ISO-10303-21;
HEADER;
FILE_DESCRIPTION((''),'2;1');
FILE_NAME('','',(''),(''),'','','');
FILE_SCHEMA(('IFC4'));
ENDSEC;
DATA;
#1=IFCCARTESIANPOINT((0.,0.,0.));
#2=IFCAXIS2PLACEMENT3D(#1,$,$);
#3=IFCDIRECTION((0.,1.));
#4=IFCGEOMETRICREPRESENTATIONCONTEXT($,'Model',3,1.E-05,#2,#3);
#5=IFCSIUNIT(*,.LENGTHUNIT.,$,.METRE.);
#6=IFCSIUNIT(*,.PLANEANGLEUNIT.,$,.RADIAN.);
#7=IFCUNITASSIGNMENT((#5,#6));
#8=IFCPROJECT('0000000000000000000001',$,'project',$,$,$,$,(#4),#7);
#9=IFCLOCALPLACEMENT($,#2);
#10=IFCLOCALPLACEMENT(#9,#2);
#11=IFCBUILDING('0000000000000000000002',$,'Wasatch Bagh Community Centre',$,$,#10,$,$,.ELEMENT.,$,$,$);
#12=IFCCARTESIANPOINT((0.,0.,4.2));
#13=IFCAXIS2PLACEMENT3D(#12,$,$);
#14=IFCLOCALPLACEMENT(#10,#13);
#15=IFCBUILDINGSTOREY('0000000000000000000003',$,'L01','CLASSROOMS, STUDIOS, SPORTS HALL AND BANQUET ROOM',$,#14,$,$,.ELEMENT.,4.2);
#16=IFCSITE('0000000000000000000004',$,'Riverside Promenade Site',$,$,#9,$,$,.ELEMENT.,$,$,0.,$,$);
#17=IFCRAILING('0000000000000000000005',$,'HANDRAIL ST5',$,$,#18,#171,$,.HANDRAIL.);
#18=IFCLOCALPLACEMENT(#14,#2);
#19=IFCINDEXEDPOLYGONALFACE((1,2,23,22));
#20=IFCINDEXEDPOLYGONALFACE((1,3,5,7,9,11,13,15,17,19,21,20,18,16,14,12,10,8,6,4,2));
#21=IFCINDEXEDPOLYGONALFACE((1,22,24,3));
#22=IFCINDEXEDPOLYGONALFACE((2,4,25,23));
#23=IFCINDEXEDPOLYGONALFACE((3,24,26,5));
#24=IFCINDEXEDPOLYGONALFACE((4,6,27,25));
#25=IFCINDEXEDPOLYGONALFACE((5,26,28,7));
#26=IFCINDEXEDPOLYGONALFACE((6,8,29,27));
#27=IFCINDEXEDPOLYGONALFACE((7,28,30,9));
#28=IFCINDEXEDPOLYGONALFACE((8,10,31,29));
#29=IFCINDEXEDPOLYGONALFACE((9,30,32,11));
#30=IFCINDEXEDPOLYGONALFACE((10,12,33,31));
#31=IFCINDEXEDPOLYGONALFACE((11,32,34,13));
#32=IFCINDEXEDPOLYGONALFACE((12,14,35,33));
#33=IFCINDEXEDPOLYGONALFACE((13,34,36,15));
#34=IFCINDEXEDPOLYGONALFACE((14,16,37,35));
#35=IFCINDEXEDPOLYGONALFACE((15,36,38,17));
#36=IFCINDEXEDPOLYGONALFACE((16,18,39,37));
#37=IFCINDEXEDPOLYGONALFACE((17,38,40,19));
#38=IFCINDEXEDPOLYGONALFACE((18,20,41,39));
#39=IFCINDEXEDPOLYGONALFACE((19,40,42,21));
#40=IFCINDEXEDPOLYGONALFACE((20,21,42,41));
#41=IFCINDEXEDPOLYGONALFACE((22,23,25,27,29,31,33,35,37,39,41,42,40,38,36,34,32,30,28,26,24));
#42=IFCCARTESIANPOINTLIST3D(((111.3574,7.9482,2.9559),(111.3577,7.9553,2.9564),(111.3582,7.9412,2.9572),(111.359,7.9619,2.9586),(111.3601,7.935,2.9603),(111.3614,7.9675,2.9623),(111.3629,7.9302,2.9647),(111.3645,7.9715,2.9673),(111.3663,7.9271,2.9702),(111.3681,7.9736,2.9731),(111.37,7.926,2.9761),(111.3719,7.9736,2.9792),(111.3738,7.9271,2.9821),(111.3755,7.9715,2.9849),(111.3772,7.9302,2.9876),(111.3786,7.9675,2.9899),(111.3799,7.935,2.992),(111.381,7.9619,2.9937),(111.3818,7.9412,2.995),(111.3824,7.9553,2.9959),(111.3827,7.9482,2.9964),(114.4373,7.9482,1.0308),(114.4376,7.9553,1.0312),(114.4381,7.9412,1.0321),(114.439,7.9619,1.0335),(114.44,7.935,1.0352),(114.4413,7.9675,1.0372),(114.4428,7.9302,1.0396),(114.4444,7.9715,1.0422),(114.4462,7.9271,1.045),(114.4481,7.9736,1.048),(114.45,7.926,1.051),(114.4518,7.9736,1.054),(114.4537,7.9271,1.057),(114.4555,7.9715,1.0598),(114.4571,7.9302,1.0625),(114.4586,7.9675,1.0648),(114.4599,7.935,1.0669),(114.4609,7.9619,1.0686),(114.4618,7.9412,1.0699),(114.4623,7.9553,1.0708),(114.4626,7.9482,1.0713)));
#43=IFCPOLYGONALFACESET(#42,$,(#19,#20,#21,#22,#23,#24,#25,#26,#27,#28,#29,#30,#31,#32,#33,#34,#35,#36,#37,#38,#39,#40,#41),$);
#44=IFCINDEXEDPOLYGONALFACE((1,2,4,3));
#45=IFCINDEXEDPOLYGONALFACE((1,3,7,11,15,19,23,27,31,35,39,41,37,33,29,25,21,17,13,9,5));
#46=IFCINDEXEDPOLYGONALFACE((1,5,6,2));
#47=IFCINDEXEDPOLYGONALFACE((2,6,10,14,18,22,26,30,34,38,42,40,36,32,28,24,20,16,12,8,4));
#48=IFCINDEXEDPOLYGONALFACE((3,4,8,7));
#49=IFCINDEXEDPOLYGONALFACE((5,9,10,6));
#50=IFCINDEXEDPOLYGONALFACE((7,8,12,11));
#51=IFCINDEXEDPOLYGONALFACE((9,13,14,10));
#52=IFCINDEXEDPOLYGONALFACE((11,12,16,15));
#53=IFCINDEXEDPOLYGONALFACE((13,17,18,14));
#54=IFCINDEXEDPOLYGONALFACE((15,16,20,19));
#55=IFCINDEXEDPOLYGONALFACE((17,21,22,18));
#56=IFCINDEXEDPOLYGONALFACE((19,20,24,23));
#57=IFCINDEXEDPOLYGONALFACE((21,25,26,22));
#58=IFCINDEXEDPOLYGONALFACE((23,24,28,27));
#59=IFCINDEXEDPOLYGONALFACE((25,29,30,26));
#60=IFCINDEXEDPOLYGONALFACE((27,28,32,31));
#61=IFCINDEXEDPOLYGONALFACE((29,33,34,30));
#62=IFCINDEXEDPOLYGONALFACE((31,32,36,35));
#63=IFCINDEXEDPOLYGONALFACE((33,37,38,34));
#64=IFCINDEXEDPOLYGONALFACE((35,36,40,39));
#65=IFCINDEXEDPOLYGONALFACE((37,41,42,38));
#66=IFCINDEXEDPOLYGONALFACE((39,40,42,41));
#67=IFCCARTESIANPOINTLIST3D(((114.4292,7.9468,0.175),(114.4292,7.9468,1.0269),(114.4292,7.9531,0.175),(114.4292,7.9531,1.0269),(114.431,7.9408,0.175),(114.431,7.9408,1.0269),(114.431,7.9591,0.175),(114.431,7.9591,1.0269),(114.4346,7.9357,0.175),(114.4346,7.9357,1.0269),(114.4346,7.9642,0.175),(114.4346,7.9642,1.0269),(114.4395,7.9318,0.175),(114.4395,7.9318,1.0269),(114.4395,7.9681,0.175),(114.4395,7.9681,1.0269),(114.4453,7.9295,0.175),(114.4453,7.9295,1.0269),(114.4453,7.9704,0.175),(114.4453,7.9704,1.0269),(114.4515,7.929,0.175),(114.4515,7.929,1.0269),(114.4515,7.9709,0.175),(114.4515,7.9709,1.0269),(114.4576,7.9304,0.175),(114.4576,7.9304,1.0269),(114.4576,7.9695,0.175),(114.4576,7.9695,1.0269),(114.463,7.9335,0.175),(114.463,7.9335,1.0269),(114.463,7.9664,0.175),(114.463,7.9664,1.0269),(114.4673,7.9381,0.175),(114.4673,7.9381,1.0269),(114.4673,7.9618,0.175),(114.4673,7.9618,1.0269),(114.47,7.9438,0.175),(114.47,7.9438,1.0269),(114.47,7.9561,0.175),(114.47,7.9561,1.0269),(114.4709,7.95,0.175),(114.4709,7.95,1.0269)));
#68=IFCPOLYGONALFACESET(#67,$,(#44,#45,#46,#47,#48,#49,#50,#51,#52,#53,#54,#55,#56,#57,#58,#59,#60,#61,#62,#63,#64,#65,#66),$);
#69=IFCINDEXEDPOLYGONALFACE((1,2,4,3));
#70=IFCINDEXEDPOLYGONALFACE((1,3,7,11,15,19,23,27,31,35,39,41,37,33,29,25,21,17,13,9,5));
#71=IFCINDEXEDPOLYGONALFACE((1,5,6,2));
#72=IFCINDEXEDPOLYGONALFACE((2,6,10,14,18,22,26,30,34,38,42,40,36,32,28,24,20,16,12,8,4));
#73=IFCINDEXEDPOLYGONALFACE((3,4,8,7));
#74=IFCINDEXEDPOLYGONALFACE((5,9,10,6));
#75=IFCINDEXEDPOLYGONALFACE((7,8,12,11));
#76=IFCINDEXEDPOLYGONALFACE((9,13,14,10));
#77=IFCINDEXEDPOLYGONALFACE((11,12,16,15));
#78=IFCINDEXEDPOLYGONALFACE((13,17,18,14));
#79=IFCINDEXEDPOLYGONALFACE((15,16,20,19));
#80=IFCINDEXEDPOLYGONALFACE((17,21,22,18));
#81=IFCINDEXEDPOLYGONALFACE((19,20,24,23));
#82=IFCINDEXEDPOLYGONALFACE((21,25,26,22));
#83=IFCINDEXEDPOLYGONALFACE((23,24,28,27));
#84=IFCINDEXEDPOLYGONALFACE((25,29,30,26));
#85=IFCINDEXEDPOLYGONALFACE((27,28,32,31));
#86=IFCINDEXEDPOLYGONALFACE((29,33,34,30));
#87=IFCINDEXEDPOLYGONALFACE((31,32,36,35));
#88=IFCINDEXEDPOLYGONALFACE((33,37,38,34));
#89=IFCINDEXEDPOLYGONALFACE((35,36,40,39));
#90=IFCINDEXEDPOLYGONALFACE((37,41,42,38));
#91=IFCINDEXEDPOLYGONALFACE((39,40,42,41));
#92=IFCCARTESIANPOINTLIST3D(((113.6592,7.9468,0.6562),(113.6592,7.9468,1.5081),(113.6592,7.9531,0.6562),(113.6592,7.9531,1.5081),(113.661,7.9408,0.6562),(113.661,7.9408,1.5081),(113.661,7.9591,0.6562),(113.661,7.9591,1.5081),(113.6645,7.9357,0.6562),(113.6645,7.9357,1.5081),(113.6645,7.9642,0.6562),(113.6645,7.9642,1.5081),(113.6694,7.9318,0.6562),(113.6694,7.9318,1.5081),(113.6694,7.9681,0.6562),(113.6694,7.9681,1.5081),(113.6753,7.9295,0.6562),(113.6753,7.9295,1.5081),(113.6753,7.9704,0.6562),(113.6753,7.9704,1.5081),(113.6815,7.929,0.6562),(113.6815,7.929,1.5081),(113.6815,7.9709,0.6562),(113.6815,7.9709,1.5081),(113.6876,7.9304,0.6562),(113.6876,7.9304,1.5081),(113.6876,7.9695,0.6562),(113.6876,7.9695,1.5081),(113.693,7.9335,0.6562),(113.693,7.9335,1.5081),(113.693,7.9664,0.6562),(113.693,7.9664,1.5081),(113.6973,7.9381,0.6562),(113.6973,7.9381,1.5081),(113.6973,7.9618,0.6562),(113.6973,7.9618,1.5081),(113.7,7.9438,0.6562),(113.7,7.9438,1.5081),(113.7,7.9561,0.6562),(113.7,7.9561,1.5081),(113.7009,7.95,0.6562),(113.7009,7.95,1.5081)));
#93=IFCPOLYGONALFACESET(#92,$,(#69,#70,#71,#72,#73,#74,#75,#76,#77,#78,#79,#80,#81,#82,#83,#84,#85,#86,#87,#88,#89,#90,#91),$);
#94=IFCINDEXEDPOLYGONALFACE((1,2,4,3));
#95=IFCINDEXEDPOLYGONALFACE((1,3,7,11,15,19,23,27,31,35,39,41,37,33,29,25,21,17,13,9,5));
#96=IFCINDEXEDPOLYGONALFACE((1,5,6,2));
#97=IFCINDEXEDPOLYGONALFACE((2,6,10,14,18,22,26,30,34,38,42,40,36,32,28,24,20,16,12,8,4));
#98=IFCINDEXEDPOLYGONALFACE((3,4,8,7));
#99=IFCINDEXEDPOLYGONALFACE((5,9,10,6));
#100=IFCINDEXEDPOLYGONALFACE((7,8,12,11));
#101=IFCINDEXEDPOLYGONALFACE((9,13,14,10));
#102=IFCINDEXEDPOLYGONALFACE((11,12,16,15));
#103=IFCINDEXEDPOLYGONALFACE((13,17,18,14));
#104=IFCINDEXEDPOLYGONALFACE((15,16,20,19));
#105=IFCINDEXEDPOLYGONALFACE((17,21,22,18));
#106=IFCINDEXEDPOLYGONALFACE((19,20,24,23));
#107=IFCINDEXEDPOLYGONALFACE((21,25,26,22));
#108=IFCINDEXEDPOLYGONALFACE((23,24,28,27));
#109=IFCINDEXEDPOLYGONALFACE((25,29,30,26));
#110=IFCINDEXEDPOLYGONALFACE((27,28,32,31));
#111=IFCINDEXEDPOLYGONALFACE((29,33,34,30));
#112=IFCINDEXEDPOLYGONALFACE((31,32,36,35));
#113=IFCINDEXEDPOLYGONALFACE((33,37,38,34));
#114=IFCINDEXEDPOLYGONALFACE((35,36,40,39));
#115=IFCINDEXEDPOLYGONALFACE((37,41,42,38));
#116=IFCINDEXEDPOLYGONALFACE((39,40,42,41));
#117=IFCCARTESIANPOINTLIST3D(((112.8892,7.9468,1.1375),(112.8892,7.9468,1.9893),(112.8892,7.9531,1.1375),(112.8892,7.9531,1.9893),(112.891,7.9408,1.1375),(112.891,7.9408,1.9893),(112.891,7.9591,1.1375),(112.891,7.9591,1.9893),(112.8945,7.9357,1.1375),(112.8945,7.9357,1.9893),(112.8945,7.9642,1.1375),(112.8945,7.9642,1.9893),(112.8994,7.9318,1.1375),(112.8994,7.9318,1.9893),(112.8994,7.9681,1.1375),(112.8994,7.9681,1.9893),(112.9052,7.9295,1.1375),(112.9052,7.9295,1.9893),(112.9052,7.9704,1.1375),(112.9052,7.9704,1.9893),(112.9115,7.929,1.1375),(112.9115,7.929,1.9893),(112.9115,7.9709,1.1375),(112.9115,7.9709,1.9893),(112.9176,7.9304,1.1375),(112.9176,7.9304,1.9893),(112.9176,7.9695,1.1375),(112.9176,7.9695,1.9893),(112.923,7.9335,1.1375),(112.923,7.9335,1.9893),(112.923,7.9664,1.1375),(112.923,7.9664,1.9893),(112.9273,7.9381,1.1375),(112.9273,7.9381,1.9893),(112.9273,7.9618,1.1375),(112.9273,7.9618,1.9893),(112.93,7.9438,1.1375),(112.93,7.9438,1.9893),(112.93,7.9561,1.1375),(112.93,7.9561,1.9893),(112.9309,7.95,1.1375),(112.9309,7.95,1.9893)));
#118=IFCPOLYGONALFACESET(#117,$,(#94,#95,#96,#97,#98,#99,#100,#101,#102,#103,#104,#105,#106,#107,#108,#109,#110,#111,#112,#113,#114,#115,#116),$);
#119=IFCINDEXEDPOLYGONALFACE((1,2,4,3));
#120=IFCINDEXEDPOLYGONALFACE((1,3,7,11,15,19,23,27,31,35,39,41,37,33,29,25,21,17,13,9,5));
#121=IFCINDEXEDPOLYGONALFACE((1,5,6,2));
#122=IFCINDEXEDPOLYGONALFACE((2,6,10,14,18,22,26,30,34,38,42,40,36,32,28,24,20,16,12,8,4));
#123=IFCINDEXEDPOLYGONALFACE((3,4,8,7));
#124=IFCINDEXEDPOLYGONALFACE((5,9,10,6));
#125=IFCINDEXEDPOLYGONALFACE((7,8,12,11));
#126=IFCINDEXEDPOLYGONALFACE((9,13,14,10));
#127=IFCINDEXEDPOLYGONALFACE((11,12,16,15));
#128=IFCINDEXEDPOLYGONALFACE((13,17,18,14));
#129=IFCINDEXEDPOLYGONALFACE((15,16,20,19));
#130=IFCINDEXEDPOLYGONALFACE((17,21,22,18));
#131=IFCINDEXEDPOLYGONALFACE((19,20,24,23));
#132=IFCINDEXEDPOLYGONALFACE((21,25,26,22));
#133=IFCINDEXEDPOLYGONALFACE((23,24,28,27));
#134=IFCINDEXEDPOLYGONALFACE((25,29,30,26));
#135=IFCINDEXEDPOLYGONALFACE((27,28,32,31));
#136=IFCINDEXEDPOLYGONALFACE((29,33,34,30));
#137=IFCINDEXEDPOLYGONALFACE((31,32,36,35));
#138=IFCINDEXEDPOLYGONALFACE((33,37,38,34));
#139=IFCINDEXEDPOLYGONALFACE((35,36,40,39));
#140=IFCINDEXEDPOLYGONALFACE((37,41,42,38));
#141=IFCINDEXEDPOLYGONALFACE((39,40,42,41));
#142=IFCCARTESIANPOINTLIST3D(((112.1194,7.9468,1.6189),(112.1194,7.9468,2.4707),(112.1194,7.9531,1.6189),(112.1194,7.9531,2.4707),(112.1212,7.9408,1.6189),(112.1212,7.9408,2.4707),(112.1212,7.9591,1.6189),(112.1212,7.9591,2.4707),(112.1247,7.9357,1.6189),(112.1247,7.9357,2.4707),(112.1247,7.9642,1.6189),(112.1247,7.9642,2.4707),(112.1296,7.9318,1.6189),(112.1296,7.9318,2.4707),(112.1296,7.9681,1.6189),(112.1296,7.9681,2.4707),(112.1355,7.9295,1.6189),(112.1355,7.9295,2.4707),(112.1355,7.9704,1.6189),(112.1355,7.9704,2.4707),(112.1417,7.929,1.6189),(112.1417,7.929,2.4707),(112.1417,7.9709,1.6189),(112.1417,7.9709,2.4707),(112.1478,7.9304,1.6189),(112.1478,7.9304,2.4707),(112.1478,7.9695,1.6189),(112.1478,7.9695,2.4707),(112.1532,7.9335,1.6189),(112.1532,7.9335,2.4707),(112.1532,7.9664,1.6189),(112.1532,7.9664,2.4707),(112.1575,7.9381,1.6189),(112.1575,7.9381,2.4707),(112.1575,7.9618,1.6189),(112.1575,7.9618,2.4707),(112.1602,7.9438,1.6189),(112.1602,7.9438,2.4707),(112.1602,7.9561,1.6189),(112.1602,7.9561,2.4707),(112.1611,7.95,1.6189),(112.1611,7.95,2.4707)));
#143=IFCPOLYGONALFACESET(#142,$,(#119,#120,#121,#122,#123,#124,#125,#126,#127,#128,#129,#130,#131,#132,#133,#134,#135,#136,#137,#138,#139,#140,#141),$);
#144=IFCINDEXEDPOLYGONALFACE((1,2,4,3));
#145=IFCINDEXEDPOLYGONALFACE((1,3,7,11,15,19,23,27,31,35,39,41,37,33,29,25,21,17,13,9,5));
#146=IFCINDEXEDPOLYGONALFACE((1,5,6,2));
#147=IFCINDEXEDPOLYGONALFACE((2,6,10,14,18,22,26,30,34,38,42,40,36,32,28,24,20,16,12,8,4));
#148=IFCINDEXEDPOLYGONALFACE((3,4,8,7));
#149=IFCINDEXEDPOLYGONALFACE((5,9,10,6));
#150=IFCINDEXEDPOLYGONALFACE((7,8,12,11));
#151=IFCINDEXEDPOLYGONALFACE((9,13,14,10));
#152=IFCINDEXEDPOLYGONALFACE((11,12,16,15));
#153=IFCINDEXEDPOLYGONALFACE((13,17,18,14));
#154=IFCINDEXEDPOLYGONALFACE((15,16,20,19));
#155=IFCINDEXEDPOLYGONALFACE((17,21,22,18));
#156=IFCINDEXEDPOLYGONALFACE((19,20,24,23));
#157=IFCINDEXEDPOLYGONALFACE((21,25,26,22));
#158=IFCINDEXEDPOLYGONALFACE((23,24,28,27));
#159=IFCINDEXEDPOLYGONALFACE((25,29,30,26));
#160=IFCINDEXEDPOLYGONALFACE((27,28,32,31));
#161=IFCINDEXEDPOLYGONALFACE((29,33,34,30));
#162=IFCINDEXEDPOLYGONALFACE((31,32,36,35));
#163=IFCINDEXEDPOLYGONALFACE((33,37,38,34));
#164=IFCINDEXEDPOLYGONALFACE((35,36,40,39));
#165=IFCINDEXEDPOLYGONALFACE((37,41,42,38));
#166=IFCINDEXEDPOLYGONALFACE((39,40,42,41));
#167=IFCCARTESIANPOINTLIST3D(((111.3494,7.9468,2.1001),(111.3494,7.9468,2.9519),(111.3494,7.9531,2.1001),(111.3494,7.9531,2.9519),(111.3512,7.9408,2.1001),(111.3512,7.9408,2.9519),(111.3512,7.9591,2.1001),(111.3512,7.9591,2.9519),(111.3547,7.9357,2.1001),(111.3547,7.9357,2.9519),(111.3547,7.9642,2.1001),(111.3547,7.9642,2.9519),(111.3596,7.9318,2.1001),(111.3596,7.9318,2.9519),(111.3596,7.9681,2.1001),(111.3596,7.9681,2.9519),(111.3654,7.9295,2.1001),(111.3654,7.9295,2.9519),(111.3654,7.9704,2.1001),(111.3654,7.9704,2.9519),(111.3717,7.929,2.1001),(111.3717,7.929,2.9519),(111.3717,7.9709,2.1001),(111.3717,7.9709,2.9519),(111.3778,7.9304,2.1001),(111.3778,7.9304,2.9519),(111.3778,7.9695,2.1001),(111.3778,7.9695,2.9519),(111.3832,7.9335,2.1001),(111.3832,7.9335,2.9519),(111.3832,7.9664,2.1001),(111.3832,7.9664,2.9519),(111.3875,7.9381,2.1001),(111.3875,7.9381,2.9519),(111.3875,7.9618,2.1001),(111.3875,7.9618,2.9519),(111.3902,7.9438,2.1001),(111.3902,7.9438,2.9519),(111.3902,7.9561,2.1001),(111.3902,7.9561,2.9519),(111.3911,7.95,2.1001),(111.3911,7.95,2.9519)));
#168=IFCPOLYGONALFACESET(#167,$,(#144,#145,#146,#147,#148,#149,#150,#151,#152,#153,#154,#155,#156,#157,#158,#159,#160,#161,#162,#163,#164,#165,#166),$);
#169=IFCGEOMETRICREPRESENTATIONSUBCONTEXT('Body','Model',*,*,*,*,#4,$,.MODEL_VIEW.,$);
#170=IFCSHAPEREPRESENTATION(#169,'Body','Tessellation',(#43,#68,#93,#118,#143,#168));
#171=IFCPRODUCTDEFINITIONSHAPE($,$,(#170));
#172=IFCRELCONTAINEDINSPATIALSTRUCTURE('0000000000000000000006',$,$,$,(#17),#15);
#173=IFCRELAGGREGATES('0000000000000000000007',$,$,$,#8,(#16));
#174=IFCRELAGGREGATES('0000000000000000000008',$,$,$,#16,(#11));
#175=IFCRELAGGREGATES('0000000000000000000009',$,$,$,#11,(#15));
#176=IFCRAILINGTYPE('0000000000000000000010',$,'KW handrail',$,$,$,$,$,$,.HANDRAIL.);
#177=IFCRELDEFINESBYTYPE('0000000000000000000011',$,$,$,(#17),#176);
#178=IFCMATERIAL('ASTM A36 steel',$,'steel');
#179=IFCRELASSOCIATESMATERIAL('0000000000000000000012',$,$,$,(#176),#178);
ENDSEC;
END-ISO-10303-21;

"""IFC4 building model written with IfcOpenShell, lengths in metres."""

from ifc_helpers import new_model, si_unit, direction, frame, origin, origin_2d, place, context, subcontext, project, spatial, circle, extrude, material, type_object, element, save


model = new_model("IFC4")

# Units and contexts
model_context = context("Model", 3, precision=1e-05, world=origin(), true_north=direction((0.0, 1.0)))
body_context = subcontext(model_context, "Body", "Model", "MODEL_VIEW")
ifc_project = project(units=[si_unit("LENGTHUNIT", "METRE"), si_unit("PLANEANGLEUNIT", "RADIAN")], contexts=[model_context])

# Site, building, storey
site_placement = place(None, origin())
site = spatial("IfcSite", under=ifc_project, at=site_placement, Name="Riverside Promenade Site", CompositionType="ELEMENT", RefElevation=0.0)
building_placement = place(site_placement, origin())
building = spatial("IfcBuilding", under=site, at=building_placement, Name="Wasatch Bagh Community Centre", CompositionType="ELEMENT")
storey_placement = place(building_placement, frame((0.0, 0.0, 4.2)))
storey = spatial("IfcBuildingStorey", under=building, at=storey_placement, Name="L01", Description="CLASSROOMS, STUDIOS, SPORTS HALL AND BANQUET ROOM", CompositionType="ELEMENT", Elevation=4.2)

# Railing
ifc_material_1 = material(Name="ASTM A36 steel", Category="steel")
railing_type_1 = type_object("IfcRailingType", Name="KW handrail", PredefinedType="HANDRAIL", material=ifc_material_1)
for number, where, name in (
    (1, (114.45, 7.95, 0.175), "HANDRAIL ST5"),
):
    element("IfcRailing", number, at=place(storey_placement, frame(where)), inside=storey, type_object=railing_type_1, Name=name, PredefinedType="HANDRAIL", context=body_context, shape_type="SweptSolid", body=[
        extrude(circle(Radius=0.0239, at=origin_2d()), frame((0.0, 0.0, 0.876), z_axis=(-0.847979, 0.0, 0.530029), x_axis=(0.0, -1.0, 0.0)), (0.0, 0.0, 1.0), 3.6321),
        extrude(circle(Radius=0.021, at=origin_2d()), origin(), (0.0, 0.0, 1.0), 0.8518),
        extrude(circle(Radius=0.021, at=origin_2d()), frame((-0.77, 0.0, 0.4812)), (0.0, 0.0, 1.0), 0.8518),
        extrude(circle(Radius=0.021, at=origin_2d()), frame((-1.54, 0.0, 0.9624)), (0.0, 0.0, 1.0), 0.8518),
        extrude(circle(Radius=0.021, at=origin_2d()), frame((-2.3098, 0.0, 1.4438)), (0.0, 0.0, 1.0), 0.8518),
        extrude(circle(Radius=0.021, at=origin_2d()), frame((-3.0798, 0.0, 1.925)), (0.0, 0.0, 1.0), 0.8518),
    ])

save(model, "model.ifc")
